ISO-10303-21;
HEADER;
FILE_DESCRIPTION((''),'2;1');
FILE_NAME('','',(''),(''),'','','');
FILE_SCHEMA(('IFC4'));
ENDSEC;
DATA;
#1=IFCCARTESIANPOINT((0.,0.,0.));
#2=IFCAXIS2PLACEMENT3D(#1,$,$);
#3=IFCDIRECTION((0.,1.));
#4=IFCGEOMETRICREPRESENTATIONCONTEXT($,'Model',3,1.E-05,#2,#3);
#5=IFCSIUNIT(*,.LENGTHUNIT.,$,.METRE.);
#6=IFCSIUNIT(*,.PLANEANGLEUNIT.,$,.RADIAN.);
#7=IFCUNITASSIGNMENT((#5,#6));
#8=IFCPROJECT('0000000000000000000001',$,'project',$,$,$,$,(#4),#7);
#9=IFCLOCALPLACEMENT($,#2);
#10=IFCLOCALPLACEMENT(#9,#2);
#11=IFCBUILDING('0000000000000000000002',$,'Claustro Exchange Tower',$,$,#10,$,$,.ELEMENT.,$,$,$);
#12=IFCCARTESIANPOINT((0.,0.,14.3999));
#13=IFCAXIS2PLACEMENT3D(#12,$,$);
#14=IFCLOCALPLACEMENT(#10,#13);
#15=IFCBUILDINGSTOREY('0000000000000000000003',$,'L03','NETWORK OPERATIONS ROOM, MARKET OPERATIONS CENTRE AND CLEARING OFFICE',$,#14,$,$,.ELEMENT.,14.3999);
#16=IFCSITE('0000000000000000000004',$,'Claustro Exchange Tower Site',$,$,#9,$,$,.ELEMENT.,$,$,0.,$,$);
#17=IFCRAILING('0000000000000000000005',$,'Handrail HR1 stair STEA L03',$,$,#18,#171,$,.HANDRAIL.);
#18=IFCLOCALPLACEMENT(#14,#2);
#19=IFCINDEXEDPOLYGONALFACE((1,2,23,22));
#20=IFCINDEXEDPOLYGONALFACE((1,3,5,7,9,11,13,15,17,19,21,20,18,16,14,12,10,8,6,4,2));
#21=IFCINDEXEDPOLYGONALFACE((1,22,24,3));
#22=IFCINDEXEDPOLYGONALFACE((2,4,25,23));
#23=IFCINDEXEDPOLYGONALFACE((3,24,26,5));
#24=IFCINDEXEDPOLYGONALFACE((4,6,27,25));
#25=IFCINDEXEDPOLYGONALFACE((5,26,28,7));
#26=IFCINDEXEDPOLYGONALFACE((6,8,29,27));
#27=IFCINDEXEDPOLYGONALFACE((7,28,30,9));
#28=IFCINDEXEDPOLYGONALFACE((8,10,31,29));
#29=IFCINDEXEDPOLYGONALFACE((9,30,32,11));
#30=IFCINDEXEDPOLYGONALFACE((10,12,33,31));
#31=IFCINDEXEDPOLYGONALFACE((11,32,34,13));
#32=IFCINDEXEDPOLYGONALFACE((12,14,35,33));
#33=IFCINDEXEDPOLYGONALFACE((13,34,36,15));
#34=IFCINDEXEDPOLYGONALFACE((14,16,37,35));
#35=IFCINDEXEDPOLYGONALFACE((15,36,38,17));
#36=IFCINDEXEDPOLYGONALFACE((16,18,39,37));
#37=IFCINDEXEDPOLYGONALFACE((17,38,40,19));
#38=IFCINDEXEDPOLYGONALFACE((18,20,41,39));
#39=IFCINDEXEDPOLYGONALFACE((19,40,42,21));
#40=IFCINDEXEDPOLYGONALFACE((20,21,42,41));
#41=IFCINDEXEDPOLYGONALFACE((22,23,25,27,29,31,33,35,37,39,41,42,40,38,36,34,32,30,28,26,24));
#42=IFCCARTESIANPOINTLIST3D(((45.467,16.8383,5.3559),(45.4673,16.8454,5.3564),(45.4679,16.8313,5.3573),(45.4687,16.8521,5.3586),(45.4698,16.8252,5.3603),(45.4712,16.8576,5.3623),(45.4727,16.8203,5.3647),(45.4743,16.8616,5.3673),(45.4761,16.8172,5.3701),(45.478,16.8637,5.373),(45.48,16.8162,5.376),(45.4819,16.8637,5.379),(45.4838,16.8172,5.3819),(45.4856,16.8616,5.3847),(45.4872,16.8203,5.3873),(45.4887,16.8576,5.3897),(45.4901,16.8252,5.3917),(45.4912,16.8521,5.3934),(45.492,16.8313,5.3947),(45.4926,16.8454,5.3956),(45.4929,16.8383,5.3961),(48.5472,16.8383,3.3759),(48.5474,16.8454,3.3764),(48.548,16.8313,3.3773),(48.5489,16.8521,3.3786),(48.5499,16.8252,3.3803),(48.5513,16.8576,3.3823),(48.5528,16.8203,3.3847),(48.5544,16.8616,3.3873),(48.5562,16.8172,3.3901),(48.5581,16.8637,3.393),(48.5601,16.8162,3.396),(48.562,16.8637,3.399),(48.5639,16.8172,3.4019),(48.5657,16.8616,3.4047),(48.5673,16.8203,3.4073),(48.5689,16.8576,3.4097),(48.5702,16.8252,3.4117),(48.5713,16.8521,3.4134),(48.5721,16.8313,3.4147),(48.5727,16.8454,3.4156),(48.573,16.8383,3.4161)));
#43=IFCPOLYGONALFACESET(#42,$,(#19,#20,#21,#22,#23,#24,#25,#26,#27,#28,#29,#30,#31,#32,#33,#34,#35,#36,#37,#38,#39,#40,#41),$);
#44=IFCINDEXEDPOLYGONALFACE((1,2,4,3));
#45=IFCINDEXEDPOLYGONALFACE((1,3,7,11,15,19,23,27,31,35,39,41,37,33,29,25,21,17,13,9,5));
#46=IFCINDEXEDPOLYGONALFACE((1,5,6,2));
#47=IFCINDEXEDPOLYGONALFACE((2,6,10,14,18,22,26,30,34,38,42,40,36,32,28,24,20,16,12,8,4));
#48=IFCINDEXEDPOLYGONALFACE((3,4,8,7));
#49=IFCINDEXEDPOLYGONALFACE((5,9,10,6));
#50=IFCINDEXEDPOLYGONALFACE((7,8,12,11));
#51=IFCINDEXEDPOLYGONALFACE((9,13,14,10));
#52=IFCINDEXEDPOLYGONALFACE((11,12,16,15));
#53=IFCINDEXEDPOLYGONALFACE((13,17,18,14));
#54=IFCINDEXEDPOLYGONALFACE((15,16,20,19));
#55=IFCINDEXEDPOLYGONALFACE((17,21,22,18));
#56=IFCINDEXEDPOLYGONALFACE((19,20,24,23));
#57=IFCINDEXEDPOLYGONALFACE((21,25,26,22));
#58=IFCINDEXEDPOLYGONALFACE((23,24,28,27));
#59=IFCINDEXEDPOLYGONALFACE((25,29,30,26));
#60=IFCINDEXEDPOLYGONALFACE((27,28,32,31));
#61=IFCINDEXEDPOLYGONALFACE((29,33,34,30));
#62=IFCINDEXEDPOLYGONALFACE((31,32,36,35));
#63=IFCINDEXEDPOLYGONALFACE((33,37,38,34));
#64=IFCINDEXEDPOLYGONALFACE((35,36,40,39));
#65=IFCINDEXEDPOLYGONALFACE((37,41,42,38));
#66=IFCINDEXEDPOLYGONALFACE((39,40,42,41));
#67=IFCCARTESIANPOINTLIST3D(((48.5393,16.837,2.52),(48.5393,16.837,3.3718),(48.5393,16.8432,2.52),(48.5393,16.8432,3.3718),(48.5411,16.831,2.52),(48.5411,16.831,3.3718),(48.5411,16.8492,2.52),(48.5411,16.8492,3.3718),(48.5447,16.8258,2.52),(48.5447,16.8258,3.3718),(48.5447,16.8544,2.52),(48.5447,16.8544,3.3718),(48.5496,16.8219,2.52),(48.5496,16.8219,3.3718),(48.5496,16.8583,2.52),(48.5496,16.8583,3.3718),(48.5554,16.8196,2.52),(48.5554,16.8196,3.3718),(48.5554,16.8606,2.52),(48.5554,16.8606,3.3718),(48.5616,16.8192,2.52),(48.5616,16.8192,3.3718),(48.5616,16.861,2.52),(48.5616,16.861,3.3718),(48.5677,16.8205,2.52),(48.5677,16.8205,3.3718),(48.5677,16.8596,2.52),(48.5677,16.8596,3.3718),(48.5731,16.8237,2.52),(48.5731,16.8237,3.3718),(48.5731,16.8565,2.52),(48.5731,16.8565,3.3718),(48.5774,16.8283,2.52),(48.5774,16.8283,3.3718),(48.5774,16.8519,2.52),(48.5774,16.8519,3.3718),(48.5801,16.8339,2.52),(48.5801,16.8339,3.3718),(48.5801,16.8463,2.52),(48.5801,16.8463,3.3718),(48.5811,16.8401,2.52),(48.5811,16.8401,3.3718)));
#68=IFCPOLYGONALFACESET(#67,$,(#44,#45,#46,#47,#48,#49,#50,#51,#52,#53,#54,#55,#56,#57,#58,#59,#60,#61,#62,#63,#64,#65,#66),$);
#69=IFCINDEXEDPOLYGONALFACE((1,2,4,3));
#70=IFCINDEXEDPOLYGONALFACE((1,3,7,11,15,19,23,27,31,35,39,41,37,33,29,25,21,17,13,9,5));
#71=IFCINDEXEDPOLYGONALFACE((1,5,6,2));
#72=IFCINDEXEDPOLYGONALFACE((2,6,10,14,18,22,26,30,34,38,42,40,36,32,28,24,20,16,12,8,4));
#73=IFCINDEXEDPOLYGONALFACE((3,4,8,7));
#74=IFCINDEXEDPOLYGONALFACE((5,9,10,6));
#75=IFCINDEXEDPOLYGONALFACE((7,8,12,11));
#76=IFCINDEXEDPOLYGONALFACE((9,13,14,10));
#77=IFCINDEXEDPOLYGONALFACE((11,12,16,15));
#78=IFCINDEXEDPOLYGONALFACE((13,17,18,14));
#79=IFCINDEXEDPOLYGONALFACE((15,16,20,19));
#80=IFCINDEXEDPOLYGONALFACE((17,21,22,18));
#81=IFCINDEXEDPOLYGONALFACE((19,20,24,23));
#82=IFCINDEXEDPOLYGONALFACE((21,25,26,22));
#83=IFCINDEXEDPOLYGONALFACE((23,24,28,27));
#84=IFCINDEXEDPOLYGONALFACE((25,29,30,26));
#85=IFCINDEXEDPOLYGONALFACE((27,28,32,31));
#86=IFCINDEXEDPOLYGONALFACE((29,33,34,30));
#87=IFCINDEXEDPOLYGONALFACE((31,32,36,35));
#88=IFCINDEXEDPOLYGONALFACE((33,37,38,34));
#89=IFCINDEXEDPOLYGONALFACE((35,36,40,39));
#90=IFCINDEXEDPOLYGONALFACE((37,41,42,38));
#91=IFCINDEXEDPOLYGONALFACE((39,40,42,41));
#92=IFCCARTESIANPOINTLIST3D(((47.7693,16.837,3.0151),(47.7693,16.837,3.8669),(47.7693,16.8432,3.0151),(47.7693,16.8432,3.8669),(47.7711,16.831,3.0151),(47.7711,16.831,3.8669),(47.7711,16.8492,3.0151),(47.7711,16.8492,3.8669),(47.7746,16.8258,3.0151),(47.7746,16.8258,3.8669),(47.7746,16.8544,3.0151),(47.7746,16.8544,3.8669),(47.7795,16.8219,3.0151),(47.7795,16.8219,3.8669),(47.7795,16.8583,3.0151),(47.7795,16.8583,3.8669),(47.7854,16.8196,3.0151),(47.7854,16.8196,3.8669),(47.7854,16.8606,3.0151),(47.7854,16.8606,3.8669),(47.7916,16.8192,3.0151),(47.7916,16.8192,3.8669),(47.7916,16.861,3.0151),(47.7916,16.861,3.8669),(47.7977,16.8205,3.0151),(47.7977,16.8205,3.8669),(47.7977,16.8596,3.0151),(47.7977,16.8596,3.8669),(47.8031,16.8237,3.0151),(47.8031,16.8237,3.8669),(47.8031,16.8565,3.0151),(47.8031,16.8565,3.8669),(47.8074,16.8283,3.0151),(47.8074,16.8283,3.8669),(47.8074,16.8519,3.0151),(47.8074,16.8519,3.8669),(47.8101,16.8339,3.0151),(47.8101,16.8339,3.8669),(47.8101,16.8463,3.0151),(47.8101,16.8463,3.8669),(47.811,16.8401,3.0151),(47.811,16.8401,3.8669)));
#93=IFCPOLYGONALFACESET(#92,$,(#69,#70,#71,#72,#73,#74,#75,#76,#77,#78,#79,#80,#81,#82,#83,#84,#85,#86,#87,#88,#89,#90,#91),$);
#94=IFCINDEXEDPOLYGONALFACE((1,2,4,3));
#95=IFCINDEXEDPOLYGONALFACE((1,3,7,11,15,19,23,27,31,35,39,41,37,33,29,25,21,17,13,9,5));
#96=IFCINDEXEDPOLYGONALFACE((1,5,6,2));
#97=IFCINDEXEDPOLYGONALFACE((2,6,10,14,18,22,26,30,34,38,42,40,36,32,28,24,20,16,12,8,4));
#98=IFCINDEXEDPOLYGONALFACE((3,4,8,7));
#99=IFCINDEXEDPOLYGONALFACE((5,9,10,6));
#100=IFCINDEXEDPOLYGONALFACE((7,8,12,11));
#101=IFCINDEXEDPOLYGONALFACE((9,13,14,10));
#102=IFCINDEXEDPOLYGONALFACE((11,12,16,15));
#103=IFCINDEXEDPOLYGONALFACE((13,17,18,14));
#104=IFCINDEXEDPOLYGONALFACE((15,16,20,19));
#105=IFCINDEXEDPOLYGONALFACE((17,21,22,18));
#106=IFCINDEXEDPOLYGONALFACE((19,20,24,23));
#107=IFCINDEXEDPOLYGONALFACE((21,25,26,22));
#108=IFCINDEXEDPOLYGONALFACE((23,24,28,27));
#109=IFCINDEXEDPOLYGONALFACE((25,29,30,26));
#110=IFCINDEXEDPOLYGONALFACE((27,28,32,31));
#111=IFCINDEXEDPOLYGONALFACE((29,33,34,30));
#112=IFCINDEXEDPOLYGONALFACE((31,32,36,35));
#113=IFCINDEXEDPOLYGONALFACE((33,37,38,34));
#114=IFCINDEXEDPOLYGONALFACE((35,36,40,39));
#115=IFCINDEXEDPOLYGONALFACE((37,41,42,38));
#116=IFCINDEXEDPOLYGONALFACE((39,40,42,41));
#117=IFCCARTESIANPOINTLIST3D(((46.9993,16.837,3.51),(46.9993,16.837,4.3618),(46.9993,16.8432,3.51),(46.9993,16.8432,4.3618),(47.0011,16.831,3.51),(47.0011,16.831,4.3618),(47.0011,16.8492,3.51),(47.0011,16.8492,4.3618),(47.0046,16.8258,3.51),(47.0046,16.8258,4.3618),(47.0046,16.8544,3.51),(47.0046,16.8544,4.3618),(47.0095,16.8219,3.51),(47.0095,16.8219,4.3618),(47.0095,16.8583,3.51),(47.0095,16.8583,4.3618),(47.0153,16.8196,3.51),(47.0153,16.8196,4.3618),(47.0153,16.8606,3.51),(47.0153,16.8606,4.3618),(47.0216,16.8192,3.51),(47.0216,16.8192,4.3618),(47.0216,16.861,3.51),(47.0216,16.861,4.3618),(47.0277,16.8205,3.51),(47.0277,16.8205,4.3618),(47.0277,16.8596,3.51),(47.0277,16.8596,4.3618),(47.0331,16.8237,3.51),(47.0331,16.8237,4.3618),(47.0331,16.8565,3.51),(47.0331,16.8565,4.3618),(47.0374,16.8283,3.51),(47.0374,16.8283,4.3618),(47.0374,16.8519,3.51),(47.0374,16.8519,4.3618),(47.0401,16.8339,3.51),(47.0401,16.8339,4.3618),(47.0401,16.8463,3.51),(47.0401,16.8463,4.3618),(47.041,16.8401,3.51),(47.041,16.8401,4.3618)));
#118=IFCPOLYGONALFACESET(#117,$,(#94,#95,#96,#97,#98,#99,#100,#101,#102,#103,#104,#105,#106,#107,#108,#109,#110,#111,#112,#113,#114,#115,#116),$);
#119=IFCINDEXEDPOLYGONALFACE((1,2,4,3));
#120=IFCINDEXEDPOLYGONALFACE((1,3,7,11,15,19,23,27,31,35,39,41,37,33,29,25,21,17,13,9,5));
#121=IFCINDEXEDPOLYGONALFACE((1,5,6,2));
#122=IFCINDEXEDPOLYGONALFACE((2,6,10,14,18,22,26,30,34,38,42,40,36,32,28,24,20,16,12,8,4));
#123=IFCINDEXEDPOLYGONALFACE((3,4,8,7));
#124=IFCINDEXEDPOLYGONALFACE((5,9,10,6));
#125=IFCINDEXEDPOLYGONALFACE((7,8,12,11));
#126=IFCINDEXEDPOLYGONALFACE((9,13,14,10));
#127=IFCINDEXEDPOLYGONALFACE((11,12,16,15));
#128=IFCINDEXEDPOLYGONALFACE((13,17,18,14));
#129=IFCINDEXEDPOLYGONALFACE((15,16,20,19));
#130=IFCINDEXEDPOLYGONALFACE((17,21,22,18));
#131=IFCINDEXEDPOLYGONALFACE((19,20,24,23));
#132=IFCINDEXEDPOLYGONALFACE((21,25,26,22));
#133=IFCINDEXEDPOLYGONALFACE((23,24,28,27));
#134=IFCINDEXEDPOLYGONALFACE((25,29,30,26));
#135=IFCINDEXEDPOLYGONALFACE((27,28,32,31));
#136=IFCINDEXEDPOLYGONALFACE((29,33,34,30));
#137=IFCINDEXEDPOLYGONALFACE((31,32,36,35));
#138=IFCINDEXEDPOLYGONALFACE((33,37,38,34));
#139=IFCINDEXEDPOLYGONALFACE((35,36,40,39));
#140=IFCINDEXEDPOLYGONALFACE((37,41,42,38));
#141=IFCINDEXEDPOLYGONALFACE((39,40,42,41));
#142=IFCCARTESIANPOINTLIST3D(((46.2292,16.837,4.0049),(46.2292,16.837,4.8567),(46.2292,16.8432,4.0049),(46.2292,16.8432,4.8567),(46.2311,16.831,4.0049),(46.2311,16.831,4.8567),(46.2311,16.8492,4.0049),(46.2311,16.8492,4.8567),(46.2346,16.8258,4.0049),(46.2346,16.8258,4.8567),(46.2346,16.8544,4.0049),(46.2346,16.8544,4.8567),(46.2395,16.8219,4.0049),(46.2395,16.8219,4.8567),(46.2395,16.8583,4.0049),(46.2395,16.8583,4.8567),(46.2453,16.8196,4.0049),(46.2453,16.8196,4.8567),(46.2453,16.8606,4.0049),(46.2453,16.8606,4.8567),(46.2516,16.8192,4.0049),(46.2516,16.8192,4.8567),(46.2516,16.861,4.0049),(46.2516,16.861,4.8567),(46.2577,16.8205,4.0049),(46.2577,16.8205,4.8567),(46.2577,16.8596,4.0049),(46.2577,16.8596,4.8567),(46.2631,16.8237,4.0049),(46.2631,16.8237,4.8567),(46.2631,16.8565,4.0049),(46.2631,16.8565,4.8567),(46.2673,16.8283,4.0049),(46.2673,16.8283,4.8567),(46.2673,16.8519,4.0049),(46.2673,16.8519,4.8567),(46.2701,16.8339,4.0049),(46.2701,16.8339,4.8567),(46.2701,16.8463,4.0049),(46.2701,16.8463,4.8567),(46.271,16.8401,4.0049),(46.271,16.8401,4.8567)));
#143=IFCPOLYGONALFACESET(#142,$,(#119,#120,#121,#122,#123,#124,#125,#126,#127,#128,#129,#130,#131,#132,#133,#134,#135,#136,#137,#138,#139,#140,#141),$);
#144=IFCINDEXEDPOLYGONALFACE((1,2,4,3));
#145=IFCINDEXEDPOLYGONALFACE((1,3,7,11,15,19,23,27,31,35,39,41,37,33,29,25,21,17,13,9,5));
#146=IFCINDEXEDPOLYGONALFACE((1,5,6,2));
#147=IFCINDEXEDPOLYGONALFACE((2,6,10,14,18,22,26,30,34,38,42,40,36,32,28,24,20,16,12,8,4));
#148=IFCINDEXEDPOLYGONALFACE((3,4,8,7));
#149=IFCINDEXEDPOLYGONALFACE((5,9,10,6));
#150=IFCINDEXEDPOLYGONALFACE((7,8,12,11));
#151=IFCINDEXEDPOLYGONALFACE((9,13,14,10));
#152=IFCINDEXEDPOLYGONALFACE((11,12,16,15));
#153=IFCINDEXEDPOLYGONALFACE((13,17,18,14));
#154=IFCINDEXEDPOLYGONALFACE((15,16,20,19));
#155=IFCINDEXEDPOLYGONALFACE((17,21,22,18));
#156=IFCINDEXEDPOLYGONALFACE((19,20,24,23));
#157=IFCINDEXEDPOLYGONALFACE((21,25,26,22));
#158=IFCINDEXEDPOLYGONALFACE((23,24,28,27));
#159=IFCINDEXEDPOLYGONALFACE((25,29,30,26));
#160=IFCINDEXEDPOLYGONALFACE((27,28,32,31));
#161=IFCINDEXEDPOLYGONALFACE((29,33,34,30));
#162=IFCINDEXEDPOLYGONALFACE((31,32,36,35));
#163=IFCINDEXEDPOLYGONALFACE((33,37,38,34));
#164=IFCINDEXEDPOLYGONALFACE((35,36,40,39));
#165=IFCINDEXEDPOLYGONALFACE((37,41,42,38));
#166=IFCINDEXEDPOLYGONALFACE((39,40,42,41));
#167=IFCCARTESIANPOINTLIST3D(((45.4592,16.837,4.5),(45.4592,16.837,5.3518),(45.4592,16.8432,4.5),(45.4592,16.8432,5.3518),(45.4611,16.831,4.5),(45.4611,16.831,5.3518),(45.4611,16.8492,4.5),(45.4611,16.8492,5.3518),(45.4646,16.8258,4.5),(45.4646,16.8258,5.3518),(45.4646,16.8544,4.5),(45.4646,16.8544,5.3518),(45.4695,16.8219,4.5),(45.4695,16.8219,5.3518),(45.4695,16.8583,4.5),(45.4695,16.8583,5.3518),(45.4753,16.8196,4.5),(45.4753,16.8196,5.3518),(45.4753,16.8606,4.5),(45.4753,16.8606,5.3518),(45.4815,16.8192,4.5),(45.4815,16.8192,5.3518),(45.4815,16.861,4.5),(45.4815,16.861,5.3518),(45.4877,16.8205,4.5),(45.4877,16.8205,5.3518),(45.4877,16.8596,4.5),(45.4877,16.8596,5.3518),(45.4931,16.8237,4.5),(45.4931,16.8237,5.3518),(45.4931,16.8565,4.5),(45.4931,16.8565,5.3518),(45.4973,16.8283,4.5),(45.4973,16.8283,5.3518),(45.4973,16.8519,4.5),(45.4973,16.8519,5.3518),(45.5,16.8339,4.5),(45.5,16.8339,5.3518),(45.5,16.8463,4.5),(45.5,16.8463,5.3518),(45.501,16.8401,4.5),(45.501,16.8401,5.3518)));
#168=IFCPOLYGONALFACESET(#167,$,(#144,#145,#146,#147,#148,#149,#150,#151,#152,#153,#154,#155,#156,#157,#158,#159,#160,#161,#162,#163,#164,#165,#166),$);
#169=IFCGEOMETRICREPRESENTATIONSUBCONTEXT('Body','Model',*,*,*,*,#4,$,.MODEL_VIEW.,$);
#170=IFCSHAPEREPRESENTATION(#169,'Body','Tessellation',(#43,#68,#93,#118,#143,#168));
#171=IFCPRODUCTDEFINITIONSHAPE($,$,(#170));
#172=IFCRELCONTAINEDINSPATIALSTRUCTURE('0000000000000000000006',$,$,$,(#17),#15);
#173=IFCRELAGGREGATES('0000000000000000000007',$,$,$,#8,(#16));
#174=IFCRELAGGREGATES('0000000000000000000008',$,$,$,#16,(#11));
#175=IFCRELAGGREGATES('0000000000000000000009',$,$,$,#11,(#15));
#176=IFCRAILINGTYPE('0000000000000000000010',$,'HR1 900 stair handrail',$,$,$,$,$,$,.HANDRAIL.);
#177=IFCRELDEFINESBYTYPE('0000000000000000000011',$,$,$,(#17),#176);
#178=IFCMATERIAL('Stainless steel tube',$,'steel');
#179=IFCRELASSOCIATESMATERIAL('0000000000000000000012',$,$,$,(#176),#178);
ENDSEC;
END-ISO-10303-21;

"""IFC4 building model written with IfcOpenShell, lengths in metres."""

from ifc_helpers import new_model, si_unit, direction, frame, origin, origin_2d, place, context, subcontext, project, spatial, circle, extrude, material, type_object, element, save


model = new_model("IFC4")

# Units and contexts
model_context = context("Model", 3, precision=1e-05, world=origin(), true_north=direction((0.0, 1.0)))
body_context = subcontext(model_context, "Body", "Model", "MODEL_VIEW")
ifc_project = project(units=[si_unit("LENGTHUNIT", "METRE"), si_unit("PLANEANGLEUNIT", "RADIAN")], contexts=[model_context])

# Site, building, storey
site_placement = place(None, origin())
site = spatial("IfcSite", under=ifc_project, at=site_placement, Name="Claustro Exchange Tower Site", CompositionType="ELEMENT", RefElevation=0.0)
building_placement = place(site_placement, origin())
building = spatial("IfcBuilding", under=site, at=building_placement, Name="Claustro Exchange Tower", CompositionType="ELEMENT")
storey_placement = place(building_placement, frame((0.0, 0.0, 14.3999)))
storey = spatial("IfcBuildingStorey", under=building, at=storey_placement, Name="L03", Description="NETWORK OPERATIONS ROOM, MARKET OPERATIONS CENTRE AND CLEARING OFFICE", CompositionType="ELEMENT", Elevation=14.3999)

# Railing
ifc_material_1 = material(Name="Stainless steel tube", Category="steel")
railing_type_1 = type_object("IfcRailingType", Name="HR1 900 stair handrail", PredefinedType="HANDRAIL", material=ifc_material_1)
railing_1_placement = place(storey_placement, frame((48.5601, 16.8401, 2.52)))
element("IfcRailing", 1, at=railing_1_placement, inside=storey, type_object=railing_type_1, Name="Handrail HR1 stair STEA L03", PredefinedType="HANDRAIL", context=body_context, shape_type="SweptSolid", body=[
    extrude(circle(Radius=0.0239, at=origin_2d()), frame((0.0, 0.0, 0.876), z_axis=(-0.841187, 0.0, 0.540744), x_axis=(0.0, -1.0, 0.0)), (0.0, 0.0, 1.0), 3.6616),
    extrude(circle(Radius=0.021, at=origin_2d()), origin(), (0.0, 0.0, 1.0), 0.8518),
    extrude(circle(Radius=0.021, at=origin_2d()), frame((-0.77, 0.0, 0.4951)), (0.0, 0.0, 1.0), 0.8518),
    extrude(circle(Radius=0.021, at=origin_2d()), frame((-1.54, 0.0, 0.99)), (0.0, 0.0, 1.0), 0.8518),
    extrude(circle(Radius=0.021, at=origin_2d()), frame((-2.3101, 0.0, 1.4849)), (0.0, 0.0, 1.0), 0.8518),
    extrude(circle(Radius=0.021, at=origin_2d()), frame((-3.0801, 0.0, 1.98)), (0.0, 0.0, 1.0), 0.8518),
])

save(model, "model.ifc")
